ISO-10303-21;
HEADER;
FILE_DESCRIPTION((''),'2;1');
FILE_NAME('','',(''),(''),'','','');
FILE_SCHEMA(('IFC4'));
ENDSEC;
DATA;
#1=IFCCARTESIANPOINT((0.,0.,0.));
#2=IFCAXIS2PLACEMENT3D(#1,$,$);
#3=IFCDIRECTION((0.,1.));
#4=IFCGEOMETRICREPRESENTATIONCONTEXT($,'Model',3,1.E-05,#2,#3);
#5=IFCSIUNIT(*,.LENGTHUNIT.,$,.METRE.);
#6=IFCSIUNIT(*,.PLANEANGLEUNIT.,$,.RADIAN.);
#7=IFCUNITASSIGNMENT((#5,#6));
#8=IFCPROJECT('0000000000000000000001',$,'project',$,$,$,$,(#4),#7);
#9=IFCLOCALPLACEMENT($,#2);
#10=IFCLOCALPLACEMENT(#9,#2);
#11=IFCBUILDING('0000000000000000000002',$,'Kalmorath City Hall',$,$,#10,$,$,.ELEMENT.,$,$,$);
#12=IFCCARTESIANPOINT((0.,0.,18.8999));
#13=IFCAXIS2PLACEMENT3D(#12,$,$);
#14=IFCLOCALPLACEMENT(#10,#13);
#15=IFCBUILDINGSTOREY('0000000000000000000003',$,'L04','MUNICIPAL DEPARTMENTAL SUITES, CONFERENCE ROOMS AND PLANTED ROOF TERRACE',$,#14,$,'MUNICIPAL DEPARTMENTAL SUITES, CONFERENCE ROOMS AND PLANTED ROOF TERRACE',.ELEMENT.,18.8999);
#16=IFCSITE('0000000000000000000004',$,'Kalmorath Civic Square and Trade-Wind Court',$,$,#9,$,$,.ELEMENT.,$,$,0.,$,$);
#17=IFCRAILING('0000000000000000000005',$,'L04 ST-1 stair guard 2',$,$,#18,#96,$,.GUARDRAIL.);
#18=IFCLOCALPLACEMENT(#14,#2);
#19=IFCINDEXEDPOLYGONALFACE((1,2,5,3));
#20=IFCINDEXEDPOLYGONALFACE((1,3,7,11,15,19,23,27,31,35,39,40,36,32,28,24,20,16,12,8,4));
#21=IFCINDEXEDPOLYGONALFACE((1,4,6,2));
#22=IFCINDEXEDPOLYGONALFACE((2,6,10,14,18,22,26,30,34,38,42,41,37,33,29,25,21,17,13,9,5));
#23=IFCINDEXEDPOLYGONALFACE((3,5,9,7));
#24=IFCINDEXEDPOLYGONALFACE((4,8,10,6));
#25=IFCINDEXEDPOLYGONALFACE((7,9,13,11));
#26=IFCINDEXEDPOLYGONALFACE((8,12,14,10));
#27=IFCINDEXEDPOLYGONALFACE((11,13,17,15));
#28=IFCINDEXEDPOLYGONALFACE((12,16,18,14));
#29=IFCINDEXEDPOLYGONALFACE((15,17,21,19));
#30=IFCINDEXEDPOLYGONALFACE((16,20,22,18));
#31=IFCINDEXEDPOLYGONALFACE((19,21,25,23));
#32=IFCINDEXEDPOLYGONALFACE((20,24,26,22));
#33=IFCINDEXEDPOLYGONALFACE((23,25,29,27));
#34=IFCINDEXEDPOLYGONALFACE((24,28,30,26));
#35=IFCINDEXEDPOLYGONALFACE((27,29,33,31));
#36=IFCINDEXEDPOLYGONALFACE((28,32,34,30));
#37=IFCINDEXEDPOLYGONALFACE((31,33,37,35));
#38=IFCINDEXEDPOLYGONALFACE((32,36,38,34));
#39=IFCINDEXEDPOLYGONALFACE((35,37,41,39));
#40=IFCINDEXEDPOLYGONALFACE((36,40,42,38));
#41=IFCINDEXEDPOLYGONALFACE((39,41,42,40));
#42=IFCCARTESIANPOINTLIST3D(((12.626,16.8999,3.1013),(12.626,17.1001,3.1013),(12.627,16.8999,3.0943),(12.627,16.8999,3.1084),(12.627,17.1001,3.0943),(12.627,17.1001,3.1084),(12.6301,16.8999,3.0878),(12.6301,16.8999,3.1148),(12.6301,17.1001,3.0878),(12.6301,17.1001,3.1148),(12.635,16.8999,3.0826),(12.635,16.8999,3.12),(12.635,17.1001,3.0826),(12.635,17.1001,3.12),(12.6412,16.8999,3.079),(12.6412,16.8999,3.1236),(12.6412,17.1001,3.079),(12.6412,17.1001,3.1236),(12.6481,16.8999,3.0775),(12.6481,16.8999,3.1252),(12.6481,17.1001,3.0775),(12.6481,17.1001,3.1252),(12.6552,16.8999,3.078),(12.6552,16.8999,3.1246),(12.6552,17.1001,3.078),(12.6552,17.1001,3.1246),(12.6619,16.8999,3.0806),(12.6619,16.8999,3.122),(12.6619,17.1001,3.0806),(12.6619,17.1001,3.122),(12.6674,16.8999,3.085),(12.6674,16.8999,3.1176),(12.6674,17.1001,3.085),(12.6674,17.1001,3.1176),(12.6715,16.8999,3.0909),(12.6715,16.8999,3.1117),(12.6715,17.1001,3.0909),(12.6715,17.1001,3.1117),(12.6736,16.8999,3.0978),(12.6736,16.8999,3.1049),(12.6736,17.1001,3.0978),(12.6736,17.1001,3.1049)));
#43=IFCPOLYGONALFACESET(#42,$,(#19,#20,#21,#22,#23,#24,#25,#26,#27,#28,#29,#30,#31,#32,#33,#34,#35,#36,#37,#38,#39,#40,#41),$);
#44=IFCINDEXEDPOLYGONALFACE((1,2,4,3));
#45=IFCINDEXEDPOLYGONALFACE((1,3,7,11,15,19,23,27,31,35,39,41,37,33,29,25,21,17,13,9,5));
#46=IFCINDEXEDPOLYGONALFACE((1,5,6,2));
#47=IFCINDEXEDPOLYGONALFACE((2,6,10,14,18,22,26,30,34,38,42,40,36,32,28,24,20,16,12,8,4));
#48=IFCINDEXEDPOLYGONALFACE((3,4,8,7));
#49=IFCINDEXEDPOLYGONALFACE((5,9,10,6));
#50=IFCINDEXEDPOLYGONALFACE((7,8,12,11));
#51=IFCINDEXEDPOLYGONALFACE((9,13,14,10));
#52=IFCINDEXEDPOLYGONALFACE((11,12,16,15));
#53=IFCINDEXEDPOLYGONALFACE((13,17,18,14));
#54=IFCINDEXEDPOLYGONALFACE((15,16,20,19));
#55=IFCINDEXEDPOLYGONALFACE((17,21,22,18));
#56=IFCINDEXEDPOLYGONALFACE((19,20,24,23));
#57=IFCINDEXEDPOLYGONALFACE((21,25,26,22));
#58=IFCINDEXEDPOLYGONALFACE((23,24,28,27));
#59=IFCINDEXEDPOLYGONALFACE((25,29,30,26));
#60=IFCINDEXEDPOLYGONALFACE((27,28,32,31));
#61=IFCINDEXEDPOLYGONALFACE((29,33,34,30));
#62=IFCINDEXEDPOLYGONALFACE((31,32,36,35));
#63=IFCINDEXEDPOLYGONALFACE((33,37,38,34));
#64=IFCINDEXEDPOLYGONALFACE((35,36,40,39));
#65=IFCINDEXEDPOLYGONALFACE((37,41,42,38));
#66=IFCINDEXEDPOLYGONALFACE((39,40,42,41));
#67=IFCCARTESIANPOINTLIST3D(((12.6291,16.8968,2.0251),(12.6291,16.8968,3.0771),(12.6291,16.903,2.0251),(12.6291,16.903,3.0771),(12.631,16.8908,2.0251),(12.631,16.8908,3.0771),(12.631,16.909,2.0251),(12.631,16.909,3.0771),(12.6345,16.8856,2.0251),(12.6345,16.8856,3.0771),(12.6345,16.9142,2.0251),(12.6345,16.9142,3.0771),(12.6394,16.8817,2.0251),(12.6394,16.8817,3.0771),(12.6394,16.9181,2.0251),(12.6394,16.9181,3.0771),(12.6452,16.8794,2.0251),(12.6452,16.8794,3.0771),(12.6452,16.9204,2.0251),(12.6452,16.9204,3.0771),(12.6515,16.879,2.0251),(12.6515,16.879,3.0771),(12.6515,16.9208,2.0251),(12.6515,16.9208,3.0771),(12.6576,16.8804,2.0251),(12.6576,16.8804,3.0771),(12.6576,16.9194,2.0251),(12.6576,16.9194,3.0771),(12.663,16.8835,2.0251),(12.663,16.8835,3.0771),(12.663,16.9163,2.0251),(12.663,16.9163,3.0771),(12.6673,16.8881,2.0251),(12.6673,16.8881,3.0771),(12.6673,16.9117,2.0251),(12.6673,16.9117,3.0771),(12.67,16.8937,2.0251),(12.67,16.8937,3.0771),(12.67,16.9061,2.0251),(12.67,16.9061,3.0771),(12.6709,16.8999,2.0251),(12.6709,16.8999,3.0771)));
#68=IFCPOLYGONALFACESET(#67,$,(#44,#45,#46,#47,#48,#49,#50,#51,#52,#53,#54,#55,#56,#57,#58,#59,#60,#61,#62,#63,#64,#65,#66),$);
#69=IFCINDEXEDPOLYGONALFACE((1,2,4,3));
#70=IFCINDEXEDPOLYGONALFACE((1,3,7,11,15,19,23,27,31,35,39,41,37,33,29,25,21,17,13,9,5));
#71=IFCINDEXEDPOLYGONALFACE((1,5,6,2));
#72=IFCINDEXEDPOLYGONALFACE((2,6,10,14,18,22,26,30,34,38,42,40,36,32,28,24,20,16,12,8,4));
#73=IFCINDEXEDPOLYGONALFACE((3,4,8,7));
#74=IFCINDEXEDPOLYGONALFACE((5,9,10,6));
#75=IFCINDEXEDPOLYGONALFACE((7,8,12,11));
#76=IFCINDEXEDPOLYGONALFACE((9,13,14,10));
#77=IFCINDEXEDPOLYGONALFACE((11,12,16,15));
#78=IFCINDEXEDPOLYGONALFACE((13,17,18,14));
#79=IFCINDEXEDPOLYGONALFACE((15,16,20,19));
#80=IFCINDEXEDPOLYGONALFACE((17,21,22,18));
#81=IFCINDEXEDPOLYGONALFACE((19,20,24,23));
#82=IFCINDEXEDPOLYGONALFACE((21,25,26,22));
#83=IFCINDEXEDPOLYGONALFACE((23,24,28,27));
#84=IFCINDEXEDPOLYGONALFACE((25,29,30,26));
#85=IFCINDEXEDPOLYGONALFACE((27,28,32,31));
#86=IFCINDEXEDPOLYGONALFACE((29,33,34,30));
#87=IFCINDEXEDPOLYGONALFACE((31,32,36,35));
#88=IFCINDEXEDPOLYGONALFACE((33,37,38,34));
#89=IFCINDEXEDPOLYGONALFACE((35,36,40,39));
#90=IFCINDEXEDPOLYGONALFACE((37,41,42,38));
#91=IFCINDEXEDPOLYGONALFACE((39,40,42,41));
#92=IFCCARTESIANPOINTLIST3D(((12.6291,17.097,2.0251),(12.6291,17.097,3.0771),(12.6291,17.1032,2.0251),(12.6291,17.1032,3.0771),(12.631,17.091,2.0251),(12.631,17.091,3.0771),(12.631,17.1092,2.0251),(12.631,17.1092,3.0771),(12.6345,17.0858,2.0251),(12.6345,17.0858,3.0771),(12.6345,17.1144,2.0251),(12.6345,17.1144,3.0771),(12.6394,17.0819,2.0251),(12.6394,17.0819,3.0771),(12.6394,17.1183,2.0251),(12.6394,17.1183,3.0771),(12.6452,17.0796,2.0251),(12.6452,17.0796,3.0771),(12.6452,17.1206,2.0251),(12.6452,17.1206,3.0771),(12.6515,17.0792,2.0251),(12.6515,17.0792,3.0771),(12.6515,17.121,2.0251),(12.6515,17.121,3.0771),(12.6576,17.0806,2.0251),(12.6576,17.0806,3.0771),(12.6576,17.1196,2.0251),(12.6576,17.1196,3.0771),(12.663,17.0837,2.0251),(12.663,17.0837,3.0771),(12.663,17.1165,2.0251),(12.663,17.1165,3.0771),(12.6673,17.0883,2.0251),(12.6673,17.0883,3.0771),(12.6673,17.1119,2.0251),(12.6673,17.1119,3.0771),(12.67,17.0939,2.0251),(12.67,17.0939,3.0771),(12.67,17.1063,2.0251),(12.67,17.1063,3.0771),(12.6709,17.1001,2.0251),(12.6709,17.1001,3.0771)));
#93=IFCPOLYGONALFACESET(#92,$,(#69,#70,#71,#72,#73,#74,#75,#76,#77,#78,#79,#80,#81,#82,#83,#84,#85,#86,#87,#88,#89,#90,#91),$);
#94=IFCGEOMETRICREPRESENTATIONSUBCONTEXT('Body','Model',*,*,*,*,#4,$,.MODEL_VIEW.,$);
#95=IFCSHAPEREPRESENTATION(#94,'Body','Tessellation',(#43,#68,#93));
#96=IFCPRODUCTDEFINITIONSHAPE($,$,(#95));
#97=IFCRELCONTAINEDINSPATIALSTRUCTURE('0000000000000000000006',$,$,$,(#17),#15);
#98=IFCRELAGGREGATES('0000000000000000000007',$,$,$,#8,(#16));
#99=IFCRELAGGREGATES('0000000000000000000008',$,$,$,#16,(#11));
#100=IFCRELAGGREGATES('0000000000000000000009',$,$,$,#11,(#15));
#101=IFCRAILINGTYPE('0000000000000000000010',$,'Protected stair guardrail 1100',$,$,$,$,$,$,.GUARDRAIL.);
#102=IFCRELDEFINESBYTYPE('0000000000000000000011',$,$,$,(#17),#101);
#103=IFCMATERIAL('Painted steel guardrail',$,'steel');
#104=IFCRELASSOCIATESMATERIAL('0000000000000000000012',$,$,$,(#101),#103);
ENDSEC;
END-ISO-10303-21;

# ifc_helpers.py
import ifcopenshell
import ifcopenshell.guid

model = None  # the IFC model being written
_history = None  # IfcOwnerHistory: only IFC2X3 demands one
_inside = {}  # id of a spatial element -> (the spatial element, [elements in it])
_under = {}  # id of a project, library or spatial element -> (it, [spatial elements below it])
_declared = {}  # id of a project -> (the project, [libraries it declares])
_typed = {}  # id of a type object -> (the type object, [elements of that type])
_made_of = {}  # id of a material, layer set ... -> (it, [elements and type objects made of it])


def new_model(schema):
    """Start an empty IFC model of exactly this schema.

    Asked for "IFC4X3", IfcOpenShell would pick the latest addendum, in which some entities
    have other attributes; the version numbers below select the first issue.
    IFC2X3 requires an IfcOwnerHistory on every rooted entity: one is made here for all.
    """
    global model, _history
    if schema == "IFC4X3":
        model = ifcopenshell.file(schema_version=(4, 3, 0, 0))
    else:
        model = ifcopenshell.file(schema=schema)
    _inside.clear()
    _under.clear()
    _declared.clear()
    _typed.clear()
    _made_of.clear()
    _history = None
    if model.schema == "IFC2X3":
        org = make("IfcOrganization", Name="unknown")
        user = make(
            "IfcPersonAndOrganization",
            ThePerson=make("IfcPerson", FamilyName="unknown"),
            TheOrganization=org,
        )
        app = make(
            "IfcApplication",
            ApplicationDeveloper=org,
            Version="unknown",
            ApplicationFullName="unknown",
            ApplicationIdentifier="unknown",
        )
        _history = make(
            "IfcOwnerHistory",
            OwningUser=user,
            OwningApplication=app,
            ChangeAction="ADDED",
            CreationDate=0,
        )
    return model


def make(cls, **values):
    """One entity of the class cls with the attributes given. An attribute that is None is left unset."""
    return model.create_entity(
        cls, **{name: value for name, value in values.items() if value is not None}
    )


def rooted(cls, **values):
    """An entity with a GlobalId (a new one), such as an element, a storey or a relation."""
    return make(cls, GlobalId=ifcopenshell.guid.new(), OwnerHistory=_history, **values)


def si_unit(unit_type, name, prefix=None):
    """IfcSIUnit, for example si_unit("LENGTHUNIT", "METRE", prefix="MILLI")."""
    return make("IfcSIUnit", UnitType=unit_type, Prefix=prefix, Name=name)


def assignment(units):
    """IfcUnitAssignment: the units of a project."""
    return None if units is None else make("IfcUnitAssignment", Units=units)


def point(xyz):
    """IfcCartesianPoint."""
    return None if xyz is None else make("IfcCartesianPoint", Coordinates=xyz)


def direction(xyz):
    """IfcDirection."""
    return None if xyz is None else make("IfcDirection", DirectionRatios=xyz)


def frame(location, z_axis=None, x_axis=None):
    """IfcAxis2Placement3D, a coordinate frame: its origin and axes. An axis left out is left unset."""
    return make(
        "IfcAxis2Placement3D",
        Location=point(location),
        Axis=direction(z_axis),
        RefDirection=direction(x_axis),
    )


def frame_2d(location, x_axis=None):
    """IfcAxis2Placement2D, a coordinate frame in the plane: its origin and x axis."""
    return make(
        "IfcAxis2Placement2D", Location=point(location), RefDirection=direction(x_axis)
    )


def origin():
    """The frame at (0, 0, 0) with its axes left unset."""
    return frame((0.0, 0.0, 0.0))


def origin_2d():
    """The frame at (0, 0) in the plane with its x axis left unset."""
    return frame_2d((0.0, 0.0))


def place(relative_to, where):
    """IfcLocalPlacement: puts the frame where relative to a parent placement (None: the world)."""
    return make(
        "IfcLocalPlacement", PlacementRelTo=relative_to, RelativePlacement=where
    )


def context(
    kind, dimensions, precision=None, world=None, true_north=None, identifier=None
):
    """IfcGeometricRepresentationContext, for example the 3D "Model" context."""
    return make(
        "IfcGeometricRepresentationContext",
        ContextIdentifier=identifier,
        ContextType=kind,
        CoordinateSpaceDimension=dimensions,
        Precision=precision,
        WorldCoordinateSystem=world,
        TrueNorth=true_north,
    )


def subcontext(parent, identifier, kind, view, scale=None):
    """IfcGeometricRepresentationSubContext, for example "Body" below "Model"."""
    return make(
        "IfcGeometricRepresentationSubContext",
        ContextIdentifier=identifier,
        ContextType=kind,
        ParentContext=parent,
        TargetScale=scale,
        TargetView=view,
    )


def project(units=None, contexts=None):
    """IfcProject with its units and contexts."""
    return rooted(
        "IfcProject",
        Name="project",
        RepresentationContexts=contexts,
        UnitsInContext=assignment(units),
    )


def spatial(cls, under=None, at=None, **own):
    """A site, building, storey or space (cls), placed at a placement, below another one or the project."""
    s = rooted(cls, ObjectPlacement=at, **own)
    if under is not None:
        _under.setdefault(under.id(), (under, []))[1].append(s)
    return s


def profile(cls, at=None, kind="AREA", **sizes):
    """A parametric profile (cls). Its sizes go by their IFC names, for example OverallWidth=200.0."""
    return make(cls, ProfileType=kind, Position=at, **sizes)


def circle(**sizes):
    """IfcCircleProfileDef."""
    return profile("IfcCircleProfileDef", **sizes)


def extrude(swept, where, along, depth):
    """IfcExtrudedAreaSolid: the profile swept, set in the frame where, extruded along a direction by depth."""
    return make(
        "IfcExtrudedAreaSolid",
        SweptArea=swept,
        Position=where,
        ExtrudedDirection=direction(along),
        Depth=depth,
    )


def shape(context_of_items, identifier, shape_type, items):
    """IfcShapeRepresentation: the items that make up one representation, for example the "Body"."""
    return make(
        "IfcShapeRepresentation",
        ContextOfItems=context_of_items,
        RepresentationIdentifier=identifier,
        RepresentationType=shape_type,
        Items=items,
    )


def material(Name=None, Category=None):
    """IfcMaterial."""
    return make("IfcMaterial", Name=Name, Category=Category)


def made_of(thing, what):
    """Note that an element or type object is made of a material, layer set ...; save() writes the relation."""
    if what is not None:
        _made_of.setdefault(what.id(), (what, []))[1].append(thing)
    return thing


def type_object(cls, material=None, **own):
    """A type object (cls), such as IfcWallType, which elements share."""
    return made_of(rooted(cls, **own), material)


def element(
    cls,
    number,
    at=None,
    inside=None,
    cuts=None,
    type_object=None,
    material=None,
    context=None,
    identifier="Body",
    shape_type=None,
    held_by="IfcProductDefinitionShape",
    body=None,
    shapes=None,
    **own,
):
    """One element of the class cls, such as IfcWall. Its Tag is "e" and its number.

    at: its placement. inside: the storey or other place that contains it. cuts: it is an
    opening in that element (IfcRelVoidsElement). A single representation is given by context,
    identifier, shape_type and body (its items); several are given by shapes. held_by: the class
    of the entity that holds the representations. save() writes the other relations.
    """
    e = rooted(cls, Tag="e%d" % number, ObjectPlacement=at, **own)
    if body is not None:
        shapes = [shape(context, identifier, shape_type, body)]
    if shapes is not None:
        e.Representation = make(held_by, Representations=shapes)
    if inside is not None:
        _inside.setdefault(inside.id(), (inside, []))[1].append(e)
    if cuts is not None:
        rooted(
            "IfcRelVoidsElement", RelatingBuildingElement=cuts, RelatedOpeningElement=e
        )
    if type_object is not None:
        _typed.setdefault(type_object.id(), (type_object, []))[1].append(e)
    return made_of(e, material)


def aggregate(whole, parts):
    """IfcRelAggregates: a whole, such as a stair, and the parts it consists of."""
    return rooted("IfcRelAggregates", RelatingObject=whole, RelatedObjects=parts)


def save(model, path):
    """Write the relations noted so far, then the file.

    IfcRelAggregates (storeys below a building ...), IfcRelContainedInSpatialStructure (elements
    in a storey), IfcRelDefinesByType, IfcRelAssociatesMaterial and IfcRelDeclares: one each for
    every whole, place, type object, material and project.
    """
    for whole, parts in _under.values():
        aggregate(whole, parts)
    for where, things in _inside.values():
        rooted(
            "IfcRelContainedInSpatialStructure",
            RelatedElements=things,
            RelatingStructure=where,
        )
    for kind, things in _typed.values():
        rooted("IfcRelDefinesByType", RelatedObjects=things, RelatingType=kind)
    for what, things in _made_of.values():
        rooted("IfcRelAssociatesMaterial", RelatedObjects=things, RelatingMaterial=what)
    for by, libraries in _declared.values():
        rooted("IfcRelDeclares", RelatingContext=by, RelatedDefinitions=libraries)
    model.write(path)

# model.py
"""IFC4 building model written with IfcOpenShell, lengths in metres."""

from ifc_helpers import new_model, si_unit, direction, frame, origin, origin_2d, place, context, subcontext, project, spatial, circle, extrude, material, type_object, element, save


model = new_model("IFC4")

# Units and contexts
model_context = context("Model", 3, precision=1e-05, world=origin(), true_north=direction((0.0, 1.0)))
body_context = subcontext(model_context, "Body", "Model", "MODEL_VIEW")
ifc_project = project(units=[si_unit("LENGTHUNIT", "METRE"), si_unit("PLANEANGLEUNIT", "RADIAN")], contexts=[model_context])

# Site, building, storey
site_placement = place(None, origin())
site = spatial("IfcSite", under=ifc_project, at=site_placement, Name="Kalmorath Civic Square and Trade-Wind Court", CompositionType="ELEMENT", RefElevation=0.0)
building_placement = place(site_placement, origin())
building = spatial("IfcBuilding", under=site, at=building_placement, Name="Kalmorath City Hall", CompositionType="ELEMENT")
storey_placement = place(building_placement, frame((0.0, 0.0, 18.8999)))
storey = spatial("IfcBuildingStorey", under=building, at=storey_placement, Name="L04", Description="MUNICIPAL DEPARTMENTAL SUITES, CONFERENCE ROOMS AND PLANTED ROOF TERRACE", LongName="MUNICIPAL DEPARTMENTAL SUITES, CONFERENCE ROOMS AND PLANTED ROOF TERRACE", CompositionType="ELEMENT", Elevation=18.8999)

# Railing
ifc_material_1 = material(Name="Painted steel guardrail", Category="steel")
railing_type_1 = type_object("IfcRailingType", Name="Protected stair guardrail 1100", PredefinedType="GUARDRAIL", material=ifc_material_1)
railing_1_placement = place(storey_placement, frame((12.6499, 16.8999, 2.0251)))
element("IfcRailing", 1, at=railing_1_placement, inside=storey, type_object=railing_type_1, Name="L04 ST-1 stair guard 2", PredefinedType="GUARDRAIL", context=body_context, shape_type="SweptSolid", body=[
    extrude(circle(Radius=0.0239, at=origin_2d()), frame((0.0, 0.0, 1.0762), z_axis=(0.0, 1.0, 0.0), x_axis=(-1.0, 0.0, 0.0)), (0.0, 0.0, 1.0), 0.2002),
    extrude(circle(Radius=0.021, at=origin_2d()), origin(), (0.0, 0.0, 1.0), 1.052),
    extrude(circle(Radius=0.021, at=origin_2d()), frame((0.0, 0.2002, 0.0)), (0.0, 0.0, 1.0), 1.052),
])

save(model, "model.ifc")
